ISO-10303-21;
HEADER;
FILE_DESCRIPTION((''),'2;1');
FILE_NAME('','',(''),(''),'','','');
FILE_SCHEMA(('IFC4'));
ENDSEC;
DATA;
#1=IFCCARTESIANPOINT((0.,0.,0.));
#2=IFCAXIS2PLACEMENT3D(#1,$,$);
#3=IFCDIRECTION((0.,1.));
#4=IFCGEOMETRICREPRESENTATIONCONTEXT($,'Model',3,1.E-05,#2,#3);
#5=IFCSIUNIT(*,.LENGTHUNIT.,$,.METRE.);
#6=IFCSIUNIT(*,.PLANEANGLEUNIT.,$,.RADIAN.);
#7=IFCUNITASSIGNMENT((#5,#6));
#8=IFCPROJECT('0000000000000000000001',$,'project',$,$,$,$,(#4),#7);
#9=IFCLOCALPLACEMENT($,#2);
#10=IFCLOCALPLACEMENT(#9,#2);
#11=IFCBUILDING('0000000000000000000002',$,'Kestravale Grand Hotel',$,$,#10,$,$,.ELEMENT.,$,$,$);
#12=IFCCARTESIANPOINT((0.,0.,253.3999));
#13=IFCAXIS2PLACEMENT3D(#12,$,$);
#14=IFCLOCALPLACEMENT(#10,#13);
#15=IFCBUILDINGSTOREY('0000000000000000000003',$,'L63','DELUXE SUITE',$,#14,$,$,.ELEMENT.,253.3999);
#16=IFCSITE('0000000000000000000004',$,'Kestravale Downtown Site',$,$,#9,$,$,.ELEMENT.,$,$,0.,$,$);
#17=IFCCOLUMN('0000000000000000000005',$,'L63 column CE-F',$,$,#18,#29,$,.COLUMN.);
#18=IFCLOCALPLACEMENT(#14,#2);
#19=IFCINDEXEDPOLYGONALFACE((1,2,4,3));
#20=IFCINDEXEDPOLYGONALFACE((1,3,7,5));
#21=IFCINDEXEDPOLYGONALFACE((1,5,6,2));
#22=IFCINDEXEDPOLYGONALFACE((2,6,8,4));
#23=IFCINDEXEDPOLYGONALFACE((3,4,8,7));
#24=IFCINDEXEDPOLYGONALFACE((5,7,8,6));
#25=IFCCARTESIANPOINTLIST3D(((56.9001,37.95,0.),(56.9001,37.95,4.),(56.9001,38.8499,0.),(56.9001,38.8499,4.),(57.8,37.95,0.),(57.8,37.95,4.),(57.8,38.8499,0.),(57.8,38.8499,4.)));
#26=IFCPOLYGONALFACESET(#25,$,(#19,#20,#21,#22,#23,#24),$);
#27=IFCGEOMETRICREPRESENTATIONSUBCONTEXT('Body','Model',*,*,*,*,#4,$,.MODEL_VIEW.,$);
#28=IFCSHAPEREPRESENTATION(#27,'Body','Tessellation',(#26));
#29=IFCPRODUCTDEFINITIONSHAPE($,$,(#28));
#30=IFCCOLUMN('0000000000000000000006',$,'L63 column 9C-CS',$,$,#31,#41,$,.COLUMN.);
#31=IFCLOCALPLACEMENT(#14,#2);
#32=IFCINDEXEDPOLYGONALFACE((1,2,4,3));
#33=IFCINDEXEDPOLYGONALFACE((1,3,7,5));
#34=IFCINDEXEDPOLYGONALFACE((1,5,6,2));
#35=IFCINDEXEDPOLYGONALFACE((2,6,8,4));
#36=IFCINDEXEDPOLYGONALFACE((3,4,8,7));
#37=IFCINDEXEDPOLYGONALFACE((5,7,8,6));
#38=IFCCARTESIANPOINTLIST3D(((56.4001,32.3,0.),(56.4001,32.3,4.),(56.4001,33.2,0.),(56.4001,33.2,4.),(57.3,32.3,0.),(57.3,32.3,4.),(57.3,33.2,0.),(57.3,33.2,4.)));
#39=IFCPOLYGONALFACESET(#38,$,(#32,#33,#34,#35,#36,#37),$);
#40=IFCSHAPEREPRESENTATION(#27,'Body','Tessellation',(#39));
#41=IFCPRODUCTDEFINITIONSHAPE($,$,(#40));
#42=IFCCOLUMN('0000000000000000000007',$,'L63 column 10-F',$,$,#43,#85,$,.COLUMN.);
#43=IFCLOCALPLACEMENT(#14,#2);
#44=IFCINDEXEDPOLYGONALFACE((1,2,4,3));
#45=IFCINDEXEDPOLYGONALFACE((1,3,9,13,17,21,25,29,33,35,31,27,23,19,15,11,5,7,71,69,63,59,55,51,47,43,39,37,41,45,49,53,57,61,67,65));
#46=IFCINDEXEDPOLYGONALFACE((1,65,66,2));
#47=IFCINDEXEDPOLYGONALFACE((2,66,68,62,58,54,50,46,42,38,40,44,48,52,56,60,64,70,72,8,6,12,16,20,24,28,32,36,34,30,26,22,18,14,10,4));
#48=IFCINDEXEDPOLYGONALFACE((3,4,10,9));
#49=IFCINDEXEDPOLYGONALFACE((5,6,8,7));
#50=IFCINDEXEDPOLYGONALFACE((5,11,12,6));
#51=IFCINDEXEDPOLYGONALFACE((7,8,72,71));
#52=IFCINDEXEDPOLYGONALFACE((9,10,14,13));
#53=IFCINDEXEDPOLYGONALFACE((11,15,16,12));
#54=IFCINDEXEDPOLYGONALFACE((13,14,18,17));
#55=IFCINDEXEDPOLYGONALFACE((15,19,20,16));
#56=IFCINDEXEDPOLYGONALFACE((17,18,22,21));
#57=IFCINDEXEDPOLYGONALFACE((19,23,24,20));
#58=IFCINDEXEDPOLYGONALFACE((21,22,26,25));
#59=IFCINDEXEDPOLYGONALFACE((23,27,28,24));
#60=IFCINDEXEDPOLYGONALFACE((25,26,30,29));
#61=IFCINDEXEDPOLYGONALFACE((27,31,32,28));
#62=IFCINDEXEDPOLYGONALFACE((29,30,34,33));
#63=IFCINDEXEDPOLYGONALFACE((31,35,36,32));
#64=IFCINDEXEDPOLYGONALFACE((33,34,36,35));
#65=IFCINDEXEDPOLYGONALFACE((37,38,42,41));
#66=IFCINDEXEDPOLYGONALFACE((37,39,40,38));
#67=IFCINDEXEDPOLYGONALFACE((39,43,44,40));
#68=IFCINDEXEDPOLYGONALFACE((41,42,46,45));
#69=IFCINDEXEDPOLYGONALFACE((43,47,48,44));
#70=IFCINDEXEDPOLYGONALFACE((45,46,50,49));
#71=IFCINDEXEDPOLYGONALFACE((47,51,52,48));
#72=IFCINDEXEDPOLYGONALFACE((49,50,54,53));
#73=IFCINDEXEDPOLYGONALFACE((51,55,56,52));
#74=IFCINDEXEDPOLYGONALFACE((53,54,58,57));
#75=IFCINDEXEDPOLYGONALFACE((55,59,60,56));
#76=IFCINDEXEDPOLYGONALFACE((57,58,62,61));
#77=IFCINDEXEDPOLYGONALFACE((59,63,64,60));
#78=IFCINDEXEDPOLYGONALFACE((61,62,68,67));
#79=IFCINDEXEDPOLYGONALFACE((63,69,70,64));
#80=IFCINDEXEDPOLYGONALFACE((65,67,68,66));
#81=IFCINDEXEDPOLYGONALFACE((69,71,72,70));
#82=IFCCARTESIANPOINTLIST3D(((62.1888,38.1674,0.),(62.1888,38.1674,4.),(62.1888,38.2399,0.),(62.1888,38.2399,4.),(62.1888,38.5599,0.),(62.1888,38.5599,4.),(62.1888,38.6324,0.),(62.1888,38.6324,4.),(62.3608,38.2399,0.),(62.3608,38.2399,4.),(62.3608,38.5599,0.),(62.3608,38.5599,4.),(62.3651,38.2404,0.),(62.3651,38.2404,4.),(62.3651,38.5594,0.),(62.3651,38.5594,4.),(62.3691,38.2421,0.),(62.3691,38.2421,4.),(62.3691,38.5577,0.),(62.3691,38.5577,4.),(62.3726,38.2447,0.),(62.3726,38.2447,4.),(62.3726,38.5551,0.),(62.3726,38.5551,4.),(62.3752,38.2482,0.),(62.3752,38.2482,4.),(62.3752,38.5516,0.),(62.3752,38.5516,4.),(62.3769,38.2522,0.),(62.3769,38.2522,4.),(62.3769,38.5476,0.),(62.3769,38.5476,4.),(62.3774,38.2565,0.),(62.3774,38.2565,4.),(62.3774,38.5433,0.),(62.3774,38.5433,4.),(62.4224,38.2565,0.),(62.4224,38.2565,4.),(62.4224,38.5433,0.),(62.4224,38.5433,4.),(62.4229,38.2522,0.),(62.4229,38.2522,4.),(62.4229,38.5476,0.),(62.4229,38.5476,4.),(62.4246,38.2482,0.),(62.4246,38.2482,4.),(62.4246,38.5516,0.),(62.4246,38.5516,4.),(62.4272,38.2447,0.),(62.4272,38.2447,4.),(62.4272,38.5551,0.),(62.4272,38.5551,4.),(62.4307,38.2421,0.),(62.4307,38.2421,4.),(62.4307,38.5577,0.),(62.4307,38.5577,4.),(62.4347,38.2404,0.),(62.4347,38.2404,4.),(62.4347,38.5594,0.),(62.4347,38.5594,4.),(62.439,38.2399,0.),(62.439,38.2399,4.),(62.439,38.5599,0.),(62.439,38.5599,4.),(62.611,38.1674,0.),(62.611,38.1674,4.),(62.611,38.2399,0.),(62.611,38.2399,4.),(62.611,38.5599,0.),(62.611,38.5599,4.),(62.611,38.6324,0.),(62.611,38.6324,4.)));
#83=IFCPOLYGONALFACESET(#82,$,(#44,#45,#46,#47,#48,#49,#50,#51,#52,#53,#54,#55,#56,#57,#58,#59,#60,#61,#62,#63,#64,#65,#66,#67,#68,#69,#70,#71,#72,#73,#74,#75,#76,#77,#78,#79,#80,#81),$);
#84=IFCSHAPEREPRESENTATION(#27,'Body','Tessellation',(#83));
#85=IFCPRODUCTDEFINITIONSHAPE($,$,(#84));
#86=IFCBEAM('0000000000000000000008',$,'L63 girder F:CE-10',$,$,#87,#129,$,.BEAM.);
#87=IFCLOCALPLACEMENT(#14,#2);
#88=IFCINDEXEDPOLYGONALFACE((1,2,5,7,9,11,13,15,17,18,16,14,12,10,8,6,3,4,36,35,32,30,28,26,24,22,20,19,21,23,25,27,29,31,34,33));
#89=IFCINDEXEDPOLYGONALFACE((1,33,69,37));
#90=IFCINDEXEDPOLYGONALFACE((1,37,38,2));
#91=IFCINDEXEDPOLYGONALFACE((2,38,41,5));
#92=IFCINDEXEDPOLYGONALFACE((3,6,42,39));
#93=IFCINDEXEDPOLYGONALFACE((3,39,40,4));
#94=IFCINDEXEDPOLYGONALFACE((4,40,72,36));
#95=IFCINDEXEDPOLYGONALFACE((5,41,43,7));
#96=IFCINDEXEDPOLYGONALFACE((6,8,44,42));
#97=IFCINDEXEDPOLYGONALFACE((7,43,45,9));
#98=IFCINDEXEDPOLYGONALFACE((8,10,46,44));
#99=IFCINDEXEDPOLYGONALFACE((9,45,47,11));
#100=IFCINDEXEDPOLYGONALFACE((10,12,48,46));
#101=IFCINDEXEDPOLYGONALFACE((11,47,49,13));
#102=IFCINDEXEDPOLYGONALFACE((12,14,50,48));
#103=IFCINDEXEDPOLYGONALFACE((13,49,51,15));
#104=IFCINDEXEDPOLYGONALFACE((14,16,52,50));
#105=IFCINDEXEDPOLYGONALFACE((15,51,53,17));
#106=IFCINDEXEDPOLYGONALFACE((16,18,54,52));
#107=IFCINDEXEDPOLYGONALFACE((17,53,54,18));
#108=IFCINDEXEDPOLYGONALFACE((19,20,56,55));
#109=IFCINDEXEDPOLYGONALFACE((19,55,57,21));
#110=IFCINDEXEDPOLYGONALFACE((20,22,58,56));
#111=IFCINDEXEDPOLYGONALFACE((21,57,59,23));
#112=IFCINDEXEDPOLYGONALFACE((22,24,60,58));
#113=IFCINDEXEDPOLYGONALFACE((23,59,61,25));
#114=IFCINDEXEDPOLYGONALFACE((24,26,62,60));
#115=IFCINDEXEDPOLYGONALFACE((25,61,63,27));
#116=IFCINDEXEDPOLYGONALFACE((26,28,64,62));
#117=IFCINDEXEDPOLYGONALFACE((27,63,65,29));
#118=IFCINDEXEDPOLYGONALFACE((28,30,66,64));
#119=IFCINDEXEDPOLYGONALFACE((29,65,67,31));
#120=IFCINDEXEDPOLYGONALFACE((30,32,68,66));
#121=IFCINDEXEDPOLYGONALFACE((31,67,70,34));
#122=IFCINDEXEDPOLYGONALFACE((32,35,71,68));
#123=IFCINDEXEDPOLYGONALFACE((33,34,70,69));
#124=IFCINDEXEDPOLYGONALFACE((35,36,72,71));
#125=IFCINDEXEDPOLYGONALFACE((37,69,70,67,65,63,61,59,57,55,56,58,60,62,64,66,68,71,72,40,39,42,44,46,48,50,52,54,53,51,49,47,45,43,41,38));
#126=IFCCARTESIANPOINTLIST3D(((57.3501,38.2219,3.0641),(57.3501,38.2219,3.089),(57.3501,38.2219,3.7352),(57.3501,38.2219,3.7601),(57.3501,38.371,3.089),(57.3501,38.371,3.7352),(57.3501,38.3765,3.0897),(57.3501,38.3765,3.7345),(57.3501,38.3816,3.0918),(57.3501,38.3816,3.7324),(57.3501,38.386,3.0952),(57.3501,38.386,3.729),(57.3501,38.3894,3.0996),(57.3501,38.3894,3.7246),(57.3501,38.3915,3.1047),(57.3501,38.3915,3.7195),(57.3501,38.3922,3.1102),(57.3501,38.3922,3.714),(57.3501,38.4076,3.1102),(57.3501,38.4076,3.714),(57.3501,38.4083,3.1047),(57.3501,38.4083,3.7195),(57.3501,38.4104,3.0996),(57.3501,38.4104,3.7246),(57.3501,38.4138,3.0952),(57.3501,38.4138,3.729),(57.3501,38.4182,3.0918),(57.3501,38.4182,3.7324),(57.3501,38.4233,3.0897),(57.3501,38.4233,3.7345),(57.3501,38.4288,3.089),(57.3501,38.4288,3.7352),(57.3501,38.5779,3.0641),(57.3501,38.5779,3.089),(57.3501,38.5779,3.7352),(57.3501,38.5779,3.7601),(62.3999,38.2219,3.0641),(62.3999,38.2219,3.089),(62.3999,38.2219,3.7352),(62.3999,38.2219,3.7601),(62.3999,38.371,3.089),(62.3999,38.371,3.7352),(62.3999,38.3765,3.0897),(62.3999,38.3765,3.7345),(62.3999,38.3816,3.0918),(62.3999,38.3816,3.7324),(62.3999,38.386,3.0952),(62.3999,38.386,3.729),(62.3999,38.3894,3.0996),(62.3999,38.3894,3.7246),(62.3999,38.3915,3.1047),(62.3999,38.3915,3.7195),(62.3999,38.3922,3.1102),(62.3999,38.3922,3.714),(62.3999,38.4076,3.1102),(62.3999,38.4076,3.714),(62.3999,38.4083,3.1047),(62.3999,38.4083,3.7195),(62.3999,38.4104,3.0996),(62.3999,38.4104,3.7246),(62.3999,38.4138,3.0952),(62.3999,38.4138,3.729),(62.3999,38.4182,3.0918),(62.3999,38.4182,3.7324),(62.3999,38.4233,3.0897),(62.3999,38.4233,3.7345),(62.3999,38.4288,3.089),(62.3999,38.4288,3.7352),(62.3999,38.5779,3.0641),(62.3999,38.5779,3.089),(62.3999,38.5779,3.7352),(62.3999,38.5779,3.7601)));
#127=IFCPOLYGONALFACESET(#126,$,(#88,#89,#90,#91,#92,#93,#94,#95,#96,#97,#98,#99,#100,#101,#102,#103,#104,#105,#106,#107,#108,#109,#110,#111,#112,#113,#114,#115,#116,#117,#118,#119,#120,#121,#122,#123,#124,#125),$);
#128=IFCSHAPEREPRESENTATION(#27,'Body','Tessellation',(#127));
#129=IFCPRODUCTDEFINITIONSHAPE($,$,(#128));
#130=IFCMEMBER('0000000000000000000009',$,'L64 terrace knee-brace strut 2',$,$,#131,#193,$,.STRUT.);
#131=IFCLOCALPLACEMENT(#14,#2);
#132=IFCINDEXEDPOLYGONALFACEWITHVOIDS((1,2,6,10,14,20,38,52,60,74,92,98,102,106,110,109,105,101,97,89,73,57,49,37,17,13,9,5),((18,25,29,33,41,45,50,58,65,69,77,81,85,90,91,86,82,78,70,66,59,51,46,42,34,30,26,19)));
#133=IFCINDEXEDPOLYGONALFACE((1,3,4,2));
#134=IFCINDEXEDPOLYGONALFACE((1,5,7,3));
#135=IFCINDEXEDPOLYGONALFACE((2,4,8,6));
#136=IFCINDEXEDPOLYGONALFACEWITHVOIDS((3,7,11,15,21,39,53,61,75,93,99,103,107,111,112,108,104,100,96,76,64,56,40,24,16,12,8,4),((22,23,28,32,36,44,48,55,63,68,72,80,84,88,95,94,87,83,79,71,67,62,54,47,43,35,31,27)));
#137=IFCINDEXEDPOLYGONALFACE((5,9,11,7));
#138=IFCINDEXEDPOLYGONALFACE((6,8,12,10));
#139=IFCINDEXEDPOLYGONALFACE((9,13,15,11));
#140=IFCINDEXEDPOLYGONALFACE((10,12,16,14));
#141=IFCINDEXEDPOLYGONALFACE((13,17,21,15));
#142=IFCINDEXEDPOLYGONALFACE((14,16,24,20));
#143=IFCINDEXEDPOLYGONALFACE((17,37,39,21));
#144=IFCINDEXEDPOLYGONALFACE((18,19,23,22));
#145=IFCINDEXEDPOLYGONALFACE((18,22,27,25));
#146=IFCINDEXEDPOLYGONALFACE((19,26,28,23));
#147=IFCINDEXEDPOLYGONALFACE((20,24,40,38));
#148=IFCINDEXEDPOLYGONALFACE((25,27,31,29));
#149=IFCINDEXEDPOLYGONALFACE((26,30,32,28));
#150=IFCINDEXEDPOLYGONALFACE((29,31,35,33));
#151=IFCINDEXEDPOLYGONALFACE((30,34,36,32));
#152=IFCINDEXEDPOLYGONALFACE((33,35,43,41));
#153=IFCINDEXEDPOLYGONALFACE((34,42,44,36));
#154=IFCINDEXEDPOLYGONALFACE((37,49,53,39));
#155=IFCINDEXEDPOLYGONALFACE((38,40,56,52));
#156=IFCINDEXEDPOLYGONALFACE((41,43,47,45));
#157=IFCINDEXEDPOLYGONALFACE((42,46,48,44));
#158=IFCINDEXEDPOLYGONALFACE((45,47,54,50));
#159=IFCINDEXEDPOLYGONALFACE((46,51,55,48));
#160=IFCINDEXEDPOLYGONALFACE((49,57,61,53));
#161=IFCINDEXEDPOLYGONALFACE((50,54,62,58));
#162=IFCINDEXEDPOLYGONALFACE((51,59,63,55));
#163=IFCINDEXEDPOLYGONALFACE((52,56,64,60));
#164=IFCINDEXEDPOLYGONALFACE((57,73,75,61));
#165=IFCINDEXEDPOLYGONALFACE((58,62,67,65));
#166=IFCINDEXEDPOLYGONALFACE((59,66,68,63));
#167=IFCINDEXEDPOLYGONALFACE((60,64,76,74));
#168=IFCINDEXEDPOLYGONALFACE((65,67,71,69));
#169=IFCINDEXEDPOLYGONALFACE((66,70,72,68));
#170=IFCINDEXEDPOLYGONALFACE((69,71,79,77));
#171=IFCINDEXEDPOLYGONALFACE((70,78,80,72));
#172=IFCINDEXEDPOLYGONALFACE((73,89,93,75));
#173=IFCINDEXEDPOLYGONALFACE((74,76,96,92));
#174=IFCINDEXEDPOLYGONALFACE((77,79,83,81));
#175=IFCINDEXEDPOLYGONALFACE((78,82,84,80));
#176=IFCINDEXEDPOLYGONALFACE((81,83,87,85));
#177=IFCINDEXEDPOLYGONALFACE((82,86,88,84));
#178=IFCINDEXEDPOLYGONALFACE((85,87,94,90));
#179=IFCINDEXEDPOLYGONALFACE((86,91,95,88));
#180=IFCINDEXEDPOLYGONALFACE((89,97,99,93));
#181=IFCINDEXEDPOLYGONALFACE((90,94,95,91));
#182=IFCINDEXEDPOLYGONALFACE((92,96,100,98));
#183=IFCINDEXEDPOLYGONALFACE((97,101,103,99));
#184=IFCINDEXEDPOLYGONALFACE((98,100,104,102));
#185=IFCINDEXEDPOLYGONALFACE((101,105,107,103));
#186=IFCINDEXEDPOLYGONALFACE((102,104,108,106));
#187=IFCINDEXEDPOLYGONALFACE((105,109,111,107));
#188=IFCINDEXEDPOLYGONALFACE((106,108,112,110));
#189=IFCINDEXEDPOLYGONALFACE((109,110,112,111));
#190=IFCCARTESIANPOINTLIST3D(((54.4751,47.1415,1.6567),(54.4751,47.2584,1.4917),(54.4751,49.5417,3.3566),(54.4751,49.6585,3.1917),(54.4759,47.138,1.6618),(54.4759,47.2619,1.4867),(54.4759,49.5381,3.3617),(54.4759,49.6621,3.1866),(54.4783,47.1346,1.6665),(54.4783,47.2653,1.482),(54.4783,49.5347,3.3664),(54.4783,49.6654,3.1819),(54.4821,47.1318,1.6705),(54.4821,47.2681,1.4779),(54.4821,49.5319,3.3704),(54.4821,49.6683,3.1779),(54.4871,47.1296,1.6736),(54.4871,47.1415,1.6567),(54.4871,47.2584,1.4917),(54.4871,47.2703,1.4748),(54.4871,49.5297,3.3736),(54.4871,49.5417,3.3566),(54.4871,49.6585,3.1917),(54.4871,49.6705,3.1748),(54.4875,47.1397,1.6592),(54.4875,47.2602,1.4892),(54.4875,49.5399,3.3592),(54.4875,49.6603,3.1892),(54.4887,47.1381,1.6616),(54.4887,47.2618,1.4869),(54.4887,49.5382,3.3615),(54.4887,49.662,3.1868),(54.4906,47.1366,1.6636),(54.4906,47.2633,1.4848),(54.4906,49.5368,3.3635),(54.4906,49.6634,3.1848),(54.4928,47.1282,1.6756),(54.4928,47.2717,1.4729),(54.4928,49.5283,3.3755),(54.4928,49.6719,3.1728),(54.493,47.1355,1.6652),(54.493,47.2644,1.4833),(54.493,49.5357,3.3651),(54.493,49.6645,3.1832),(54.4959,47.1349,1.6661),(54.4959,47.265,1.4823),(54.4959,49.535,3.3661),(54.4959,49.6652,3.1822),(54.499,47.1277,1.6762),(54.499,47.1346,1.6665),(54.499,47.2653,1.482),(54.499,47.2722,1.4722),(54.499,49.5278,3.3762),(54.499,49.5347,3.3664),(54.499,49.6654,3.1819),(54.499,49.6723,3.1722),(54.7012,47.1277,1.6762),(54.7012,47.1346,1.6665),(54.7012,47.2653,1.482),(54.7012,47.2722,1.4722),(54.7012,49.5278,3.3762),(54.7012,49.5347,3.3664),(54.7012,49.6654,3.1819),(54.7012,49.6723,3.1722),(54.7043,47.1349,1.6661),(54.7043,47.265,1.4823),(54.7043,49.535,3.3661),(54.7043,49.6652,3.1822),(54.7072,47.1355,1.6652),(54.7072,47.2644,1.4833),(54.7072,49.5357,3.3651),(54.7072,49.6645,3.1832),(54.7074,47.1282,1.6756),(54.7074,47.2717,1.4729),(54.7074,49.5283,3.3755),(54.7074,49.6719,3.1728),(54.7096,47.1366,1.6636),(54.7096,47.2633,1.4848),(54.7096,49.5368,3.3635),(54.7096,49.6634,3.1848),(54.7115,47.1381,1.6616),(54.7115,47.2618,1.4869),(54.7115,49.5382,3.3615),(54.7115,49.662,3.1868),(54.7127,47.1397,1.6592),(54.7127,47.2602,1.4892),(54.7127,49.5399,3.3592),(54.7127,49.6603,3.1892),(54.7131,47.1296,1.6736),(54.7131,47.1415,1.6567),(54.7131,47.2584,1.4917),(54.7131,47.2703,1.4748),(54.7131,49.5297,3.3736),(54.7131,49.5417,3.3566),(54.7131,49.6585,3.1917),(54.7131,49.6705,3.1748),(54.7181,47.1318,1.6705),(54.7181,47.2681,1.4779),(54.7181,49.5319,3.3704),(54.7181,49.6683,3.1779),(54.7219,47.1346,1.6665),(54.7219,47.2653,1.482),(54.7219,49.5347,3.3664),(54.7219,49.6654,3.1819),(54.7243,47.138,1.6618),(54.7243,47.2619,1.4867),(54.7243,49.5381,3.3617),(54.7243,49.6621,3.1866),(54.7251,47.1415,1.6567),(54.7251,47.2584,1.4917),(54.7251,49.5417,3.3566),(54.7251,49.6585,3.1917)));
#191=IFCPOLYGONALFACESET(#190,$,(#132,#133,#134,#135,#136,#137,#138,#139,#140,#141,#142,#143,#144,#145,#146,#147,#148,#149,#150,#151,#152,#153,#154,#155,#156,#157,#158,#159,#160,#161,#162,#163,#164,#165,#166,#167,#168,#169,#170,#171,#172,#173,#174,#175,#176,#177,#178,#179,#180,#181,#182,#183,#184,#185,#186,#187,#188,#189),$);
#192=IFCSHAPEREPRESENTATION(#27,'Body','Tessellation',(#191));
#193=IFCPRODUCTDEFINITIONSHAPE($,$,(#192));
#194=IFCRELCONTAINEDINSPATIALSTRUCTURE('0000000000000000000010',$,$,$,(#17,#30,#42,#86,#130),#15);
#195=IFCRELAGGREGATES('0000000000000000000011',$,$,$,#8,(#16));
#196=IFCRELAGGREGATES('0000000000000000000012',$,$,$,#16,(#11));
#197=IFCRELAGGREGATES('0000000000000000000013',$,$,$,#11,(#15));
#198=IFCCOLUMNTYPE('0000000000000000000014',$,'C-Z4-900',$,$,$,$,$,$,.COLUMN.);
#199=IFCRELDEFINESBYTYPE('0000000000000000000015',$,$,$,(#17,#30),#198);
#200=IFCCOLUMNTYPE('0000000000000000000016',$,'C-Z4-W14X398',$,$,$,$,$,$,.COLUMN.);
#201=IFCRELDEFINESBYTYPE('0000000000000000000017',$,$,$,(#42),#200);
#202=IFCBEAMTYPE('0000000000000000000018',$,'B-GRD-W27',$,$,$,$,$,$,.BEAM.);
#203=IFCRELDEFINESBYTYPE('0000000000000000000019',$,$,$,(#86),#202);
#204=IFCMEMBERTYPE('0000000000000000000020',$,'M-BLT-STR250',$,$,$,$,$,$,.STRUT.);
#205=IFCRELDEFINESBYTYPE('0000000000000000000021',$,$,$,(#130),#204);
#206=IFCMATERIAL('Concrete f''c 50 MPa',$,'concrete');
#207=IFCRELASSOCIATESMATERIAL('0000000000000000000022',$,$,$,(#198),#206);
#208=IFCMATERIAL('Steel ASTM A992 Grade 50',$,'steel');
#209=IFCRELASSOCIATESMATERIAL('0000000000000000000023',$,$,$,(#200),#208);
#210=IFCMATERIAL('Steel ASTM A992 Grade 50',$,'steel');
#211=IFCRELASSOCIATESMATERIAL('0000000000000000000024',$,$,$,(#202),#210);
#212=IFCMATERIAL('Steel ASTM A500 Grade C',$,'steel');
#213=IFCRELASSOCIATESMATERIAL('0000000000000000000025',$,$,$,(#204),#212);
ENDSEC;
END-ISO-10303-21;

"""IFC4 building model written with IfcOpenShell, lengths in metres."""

from ifc_helpers import new_model, si_unit, direction, frame, origin, origin_2d, place, context, subcontext, project, spatial, rectangle, hollow_rectangle, i_section, extrude, material, material_profile, profile_set, type_object, element, save


model = new_model("IFC4")

# Units and contexts
model_context = context("Model", 3, precision=1e-05, world=origin(), true_north=direction((0.0, 1.0)))
body_context = subcontext(model_context, "Body", "Model", "MODEL_VIEW")
ifc_project = project(units=[si_unit("LENGTHUNIT", "METRE"), si_unit("PLANEANGLEUNIT", "RADIAN")], contexts=[model_context])

# Site, building, storey
site_placement = place(None, origin())
site = spatial("IfcSite", under=ifc_project, at=site_placement, Name="Kestravale Downtown Site", CompositionType="ELEMENT", RefElevation=0.0)
building_placement = place(site_placement, origin())
building = spatial("IfcBuilding", under=site, at=building_placement, Name="Kestravale Grand Hotel", CompositionType="ELEMENT")
storey_placement = place(building_placement, frame((0.0, 0.0, 253.3999)))
storey = spatial("IfcBuildingStorey", under=building, at=storey_placement, Name="L63", Description="DELUXE SUITE", CompositionType="ELEMENT", Elevation=253.3999)

# Columns
ifc_material_1 = material(Name="Concrete f'c 50 MPa", Category="concrete")
ifc_material_profile_1 = material_profile(ifc_material_1, rectangle(XDim=0.8999, YDim=0.8999, at=origin_2d()))
ifc_profile_set_1 = profile_set([ifc_material_profile_1], Name="Concrete f'c 50 MPa")
column_type_1 = type_object("IfcColumnType", Name="C-Z4-900", PredefinedType="COLUMN", material=ifc_profile_set_1)
for number, where, z_axis, x_axis, name in (
    (1, (57.3501, 38.3999, 0.0), (0.0, 0.0, 1.0), (1.0, 0.0, 0.0), "L63 column CE-F"),
    (2, (56.8501, 32.75, 0.0), (0.0, 0.0, 1.0), (1.0, 0.0, 0.0), "L63 column 9C-CS"),
):
    element("IfcColumn", number, at=place(storey_placement, frame(where, z_axis=z_axis, x_axis=x_axis)), inside=storey, type_object=column_type_1, Name=name, PredefinedType="COLUMN", context=body_context, shape_type="SweptSolid", body=[
        extrude(rectangle(XDim=0.8999, YDim=0.8999, at=origin_2d()), origin(), (0.0, 0.0, 1.0), 4.0),
    ])
ifc_material_2 = material(Name="Steel ASTM A992 Grade 50", Category="steel")
ifc_material_profile_2 = material_profile(ifc_material_2, i_section(OverallWidth=0.4221, OverallDepth=0.4651, WebThickness=0.0449, FlangeThickness=0.0725, FilletRadius=0.0166, at=origin_2d()))
ifc_profile_set_2 = profile_set([ifc_material_profile_2], Name="Steel ASTM A992 Grade 50")
column_type_2 = type_object("IfcColumnType", Name="C-Z4-W14X398", PredefinedType="COLUMN", material=ifc_profile_set_2)
column_placement = place(storey_placement, frame((62.3999, 38.3999, 0.0), z_axis=(0.0, 0.0, 1.0), x_axis=(1.0, 0.0, 0.0)))
element("IfcColumn", 3, at=column_placement, inside=storey, type_object=column_type_2, Name="L63 column 10-F", PredefinedType="COLUMN", context=body_context, shape_type="SweptSolid", body=[
    extrude(i_section(OverallWidth=0.4221, OverallDepth=0.4651, WebThickness=0.0449, FlangeThickness=0.0725, FilletRadius=0.0166, at=origin_2d()), origin(), (0.0, 0.0, 1.0), 4.0),
])

# Beam
ifc_material_3 = material(Name="Steel ASTM A992 Grade 50", Category="steel")
ifc_material_profile_3 = material_profile(ifc_material_3, i_section(OverallWidth=0.356, OverallDepth=0.696, WebThickness=0.0154, FlangeThickness=0.0249, FilletRadius=0.0212, at=origin_2d()))
ifc_profile_set_3 = profile_set([ifc_material_profile_3], Name="Steel ASTM A992 Grade 50")
beam_type = type_object("IfcBeamType", Name="B-GRD-W27", PredefinedType="BEAM", material=ifc_profile_set_3)
beam_placement = place(storey_placement, frame((57.3501, 38.3999, 3.4121), z_axis=(1.0, 0.0, 0.0), x_axis=(0.0, 1.0, 0.0)))
element("IfcBeam", 4, at=beam_placement, inside=storey, type_object=beam_type, Name="L63 girder F:CE-10", PredefinedType="BEAM", context=body_context, shape_type="SweptSolid", body=[
    extrude(i_section(OverallWidth=0.356, OverallDepth=0.696, WebThickness=0.0154, FlangeThickness=0.0249, FilletRadius=0.0212, at=origin_2d()), origin(), (0.0, 0.0, 1.0), 5.0498),
])

# Member
ifc_material_4 = material(Name="Steel ASTM A500 Grade C", Category="steel")
ifc_material_profile_4 = material_profile(ifc_material_4, hollow_rectangle(XDim=0.25, YDim=0.25, WallThickness=0.012, InnerFilletRadius=0.012, OuterFilletRadius=0.0239, at=origin_2d()))
ifc_profile_set_4 = profile_set([ifc_material_profile_4], Name="Steel ASTM A500 Grade C")
member_type = type_object("IfcMemberType", Name="M-BLT-STR250", PredefinedType="STRUT", material=ifc_profile_set_4)
member_placement = place(storey_placement, frame((54.6001, 47.2, 1.5742), z_axis=(0.0, 0.816049, 0.577983), x_axis=(-1.0, 0.0, 0.0)))
element("IfcMember", 5, at=member_placement, inside=storey, type_object=member_type, Name="L64 terrace knee-brace strut 2", PredefinedType="STRUT", context=body_context, shape_type="SweptSolid", body=[
    extrude(hollow_rectangle(XDim=0.25, YDim=0.25, WallThickness=0.012, InnerFilletRadius=0.012, OuterFilletRadius=0.0239, at=origin_2d()), origin(), (0.0, 0.0, 1.0), 2.9412),
])

save(model, "model.ifc")
